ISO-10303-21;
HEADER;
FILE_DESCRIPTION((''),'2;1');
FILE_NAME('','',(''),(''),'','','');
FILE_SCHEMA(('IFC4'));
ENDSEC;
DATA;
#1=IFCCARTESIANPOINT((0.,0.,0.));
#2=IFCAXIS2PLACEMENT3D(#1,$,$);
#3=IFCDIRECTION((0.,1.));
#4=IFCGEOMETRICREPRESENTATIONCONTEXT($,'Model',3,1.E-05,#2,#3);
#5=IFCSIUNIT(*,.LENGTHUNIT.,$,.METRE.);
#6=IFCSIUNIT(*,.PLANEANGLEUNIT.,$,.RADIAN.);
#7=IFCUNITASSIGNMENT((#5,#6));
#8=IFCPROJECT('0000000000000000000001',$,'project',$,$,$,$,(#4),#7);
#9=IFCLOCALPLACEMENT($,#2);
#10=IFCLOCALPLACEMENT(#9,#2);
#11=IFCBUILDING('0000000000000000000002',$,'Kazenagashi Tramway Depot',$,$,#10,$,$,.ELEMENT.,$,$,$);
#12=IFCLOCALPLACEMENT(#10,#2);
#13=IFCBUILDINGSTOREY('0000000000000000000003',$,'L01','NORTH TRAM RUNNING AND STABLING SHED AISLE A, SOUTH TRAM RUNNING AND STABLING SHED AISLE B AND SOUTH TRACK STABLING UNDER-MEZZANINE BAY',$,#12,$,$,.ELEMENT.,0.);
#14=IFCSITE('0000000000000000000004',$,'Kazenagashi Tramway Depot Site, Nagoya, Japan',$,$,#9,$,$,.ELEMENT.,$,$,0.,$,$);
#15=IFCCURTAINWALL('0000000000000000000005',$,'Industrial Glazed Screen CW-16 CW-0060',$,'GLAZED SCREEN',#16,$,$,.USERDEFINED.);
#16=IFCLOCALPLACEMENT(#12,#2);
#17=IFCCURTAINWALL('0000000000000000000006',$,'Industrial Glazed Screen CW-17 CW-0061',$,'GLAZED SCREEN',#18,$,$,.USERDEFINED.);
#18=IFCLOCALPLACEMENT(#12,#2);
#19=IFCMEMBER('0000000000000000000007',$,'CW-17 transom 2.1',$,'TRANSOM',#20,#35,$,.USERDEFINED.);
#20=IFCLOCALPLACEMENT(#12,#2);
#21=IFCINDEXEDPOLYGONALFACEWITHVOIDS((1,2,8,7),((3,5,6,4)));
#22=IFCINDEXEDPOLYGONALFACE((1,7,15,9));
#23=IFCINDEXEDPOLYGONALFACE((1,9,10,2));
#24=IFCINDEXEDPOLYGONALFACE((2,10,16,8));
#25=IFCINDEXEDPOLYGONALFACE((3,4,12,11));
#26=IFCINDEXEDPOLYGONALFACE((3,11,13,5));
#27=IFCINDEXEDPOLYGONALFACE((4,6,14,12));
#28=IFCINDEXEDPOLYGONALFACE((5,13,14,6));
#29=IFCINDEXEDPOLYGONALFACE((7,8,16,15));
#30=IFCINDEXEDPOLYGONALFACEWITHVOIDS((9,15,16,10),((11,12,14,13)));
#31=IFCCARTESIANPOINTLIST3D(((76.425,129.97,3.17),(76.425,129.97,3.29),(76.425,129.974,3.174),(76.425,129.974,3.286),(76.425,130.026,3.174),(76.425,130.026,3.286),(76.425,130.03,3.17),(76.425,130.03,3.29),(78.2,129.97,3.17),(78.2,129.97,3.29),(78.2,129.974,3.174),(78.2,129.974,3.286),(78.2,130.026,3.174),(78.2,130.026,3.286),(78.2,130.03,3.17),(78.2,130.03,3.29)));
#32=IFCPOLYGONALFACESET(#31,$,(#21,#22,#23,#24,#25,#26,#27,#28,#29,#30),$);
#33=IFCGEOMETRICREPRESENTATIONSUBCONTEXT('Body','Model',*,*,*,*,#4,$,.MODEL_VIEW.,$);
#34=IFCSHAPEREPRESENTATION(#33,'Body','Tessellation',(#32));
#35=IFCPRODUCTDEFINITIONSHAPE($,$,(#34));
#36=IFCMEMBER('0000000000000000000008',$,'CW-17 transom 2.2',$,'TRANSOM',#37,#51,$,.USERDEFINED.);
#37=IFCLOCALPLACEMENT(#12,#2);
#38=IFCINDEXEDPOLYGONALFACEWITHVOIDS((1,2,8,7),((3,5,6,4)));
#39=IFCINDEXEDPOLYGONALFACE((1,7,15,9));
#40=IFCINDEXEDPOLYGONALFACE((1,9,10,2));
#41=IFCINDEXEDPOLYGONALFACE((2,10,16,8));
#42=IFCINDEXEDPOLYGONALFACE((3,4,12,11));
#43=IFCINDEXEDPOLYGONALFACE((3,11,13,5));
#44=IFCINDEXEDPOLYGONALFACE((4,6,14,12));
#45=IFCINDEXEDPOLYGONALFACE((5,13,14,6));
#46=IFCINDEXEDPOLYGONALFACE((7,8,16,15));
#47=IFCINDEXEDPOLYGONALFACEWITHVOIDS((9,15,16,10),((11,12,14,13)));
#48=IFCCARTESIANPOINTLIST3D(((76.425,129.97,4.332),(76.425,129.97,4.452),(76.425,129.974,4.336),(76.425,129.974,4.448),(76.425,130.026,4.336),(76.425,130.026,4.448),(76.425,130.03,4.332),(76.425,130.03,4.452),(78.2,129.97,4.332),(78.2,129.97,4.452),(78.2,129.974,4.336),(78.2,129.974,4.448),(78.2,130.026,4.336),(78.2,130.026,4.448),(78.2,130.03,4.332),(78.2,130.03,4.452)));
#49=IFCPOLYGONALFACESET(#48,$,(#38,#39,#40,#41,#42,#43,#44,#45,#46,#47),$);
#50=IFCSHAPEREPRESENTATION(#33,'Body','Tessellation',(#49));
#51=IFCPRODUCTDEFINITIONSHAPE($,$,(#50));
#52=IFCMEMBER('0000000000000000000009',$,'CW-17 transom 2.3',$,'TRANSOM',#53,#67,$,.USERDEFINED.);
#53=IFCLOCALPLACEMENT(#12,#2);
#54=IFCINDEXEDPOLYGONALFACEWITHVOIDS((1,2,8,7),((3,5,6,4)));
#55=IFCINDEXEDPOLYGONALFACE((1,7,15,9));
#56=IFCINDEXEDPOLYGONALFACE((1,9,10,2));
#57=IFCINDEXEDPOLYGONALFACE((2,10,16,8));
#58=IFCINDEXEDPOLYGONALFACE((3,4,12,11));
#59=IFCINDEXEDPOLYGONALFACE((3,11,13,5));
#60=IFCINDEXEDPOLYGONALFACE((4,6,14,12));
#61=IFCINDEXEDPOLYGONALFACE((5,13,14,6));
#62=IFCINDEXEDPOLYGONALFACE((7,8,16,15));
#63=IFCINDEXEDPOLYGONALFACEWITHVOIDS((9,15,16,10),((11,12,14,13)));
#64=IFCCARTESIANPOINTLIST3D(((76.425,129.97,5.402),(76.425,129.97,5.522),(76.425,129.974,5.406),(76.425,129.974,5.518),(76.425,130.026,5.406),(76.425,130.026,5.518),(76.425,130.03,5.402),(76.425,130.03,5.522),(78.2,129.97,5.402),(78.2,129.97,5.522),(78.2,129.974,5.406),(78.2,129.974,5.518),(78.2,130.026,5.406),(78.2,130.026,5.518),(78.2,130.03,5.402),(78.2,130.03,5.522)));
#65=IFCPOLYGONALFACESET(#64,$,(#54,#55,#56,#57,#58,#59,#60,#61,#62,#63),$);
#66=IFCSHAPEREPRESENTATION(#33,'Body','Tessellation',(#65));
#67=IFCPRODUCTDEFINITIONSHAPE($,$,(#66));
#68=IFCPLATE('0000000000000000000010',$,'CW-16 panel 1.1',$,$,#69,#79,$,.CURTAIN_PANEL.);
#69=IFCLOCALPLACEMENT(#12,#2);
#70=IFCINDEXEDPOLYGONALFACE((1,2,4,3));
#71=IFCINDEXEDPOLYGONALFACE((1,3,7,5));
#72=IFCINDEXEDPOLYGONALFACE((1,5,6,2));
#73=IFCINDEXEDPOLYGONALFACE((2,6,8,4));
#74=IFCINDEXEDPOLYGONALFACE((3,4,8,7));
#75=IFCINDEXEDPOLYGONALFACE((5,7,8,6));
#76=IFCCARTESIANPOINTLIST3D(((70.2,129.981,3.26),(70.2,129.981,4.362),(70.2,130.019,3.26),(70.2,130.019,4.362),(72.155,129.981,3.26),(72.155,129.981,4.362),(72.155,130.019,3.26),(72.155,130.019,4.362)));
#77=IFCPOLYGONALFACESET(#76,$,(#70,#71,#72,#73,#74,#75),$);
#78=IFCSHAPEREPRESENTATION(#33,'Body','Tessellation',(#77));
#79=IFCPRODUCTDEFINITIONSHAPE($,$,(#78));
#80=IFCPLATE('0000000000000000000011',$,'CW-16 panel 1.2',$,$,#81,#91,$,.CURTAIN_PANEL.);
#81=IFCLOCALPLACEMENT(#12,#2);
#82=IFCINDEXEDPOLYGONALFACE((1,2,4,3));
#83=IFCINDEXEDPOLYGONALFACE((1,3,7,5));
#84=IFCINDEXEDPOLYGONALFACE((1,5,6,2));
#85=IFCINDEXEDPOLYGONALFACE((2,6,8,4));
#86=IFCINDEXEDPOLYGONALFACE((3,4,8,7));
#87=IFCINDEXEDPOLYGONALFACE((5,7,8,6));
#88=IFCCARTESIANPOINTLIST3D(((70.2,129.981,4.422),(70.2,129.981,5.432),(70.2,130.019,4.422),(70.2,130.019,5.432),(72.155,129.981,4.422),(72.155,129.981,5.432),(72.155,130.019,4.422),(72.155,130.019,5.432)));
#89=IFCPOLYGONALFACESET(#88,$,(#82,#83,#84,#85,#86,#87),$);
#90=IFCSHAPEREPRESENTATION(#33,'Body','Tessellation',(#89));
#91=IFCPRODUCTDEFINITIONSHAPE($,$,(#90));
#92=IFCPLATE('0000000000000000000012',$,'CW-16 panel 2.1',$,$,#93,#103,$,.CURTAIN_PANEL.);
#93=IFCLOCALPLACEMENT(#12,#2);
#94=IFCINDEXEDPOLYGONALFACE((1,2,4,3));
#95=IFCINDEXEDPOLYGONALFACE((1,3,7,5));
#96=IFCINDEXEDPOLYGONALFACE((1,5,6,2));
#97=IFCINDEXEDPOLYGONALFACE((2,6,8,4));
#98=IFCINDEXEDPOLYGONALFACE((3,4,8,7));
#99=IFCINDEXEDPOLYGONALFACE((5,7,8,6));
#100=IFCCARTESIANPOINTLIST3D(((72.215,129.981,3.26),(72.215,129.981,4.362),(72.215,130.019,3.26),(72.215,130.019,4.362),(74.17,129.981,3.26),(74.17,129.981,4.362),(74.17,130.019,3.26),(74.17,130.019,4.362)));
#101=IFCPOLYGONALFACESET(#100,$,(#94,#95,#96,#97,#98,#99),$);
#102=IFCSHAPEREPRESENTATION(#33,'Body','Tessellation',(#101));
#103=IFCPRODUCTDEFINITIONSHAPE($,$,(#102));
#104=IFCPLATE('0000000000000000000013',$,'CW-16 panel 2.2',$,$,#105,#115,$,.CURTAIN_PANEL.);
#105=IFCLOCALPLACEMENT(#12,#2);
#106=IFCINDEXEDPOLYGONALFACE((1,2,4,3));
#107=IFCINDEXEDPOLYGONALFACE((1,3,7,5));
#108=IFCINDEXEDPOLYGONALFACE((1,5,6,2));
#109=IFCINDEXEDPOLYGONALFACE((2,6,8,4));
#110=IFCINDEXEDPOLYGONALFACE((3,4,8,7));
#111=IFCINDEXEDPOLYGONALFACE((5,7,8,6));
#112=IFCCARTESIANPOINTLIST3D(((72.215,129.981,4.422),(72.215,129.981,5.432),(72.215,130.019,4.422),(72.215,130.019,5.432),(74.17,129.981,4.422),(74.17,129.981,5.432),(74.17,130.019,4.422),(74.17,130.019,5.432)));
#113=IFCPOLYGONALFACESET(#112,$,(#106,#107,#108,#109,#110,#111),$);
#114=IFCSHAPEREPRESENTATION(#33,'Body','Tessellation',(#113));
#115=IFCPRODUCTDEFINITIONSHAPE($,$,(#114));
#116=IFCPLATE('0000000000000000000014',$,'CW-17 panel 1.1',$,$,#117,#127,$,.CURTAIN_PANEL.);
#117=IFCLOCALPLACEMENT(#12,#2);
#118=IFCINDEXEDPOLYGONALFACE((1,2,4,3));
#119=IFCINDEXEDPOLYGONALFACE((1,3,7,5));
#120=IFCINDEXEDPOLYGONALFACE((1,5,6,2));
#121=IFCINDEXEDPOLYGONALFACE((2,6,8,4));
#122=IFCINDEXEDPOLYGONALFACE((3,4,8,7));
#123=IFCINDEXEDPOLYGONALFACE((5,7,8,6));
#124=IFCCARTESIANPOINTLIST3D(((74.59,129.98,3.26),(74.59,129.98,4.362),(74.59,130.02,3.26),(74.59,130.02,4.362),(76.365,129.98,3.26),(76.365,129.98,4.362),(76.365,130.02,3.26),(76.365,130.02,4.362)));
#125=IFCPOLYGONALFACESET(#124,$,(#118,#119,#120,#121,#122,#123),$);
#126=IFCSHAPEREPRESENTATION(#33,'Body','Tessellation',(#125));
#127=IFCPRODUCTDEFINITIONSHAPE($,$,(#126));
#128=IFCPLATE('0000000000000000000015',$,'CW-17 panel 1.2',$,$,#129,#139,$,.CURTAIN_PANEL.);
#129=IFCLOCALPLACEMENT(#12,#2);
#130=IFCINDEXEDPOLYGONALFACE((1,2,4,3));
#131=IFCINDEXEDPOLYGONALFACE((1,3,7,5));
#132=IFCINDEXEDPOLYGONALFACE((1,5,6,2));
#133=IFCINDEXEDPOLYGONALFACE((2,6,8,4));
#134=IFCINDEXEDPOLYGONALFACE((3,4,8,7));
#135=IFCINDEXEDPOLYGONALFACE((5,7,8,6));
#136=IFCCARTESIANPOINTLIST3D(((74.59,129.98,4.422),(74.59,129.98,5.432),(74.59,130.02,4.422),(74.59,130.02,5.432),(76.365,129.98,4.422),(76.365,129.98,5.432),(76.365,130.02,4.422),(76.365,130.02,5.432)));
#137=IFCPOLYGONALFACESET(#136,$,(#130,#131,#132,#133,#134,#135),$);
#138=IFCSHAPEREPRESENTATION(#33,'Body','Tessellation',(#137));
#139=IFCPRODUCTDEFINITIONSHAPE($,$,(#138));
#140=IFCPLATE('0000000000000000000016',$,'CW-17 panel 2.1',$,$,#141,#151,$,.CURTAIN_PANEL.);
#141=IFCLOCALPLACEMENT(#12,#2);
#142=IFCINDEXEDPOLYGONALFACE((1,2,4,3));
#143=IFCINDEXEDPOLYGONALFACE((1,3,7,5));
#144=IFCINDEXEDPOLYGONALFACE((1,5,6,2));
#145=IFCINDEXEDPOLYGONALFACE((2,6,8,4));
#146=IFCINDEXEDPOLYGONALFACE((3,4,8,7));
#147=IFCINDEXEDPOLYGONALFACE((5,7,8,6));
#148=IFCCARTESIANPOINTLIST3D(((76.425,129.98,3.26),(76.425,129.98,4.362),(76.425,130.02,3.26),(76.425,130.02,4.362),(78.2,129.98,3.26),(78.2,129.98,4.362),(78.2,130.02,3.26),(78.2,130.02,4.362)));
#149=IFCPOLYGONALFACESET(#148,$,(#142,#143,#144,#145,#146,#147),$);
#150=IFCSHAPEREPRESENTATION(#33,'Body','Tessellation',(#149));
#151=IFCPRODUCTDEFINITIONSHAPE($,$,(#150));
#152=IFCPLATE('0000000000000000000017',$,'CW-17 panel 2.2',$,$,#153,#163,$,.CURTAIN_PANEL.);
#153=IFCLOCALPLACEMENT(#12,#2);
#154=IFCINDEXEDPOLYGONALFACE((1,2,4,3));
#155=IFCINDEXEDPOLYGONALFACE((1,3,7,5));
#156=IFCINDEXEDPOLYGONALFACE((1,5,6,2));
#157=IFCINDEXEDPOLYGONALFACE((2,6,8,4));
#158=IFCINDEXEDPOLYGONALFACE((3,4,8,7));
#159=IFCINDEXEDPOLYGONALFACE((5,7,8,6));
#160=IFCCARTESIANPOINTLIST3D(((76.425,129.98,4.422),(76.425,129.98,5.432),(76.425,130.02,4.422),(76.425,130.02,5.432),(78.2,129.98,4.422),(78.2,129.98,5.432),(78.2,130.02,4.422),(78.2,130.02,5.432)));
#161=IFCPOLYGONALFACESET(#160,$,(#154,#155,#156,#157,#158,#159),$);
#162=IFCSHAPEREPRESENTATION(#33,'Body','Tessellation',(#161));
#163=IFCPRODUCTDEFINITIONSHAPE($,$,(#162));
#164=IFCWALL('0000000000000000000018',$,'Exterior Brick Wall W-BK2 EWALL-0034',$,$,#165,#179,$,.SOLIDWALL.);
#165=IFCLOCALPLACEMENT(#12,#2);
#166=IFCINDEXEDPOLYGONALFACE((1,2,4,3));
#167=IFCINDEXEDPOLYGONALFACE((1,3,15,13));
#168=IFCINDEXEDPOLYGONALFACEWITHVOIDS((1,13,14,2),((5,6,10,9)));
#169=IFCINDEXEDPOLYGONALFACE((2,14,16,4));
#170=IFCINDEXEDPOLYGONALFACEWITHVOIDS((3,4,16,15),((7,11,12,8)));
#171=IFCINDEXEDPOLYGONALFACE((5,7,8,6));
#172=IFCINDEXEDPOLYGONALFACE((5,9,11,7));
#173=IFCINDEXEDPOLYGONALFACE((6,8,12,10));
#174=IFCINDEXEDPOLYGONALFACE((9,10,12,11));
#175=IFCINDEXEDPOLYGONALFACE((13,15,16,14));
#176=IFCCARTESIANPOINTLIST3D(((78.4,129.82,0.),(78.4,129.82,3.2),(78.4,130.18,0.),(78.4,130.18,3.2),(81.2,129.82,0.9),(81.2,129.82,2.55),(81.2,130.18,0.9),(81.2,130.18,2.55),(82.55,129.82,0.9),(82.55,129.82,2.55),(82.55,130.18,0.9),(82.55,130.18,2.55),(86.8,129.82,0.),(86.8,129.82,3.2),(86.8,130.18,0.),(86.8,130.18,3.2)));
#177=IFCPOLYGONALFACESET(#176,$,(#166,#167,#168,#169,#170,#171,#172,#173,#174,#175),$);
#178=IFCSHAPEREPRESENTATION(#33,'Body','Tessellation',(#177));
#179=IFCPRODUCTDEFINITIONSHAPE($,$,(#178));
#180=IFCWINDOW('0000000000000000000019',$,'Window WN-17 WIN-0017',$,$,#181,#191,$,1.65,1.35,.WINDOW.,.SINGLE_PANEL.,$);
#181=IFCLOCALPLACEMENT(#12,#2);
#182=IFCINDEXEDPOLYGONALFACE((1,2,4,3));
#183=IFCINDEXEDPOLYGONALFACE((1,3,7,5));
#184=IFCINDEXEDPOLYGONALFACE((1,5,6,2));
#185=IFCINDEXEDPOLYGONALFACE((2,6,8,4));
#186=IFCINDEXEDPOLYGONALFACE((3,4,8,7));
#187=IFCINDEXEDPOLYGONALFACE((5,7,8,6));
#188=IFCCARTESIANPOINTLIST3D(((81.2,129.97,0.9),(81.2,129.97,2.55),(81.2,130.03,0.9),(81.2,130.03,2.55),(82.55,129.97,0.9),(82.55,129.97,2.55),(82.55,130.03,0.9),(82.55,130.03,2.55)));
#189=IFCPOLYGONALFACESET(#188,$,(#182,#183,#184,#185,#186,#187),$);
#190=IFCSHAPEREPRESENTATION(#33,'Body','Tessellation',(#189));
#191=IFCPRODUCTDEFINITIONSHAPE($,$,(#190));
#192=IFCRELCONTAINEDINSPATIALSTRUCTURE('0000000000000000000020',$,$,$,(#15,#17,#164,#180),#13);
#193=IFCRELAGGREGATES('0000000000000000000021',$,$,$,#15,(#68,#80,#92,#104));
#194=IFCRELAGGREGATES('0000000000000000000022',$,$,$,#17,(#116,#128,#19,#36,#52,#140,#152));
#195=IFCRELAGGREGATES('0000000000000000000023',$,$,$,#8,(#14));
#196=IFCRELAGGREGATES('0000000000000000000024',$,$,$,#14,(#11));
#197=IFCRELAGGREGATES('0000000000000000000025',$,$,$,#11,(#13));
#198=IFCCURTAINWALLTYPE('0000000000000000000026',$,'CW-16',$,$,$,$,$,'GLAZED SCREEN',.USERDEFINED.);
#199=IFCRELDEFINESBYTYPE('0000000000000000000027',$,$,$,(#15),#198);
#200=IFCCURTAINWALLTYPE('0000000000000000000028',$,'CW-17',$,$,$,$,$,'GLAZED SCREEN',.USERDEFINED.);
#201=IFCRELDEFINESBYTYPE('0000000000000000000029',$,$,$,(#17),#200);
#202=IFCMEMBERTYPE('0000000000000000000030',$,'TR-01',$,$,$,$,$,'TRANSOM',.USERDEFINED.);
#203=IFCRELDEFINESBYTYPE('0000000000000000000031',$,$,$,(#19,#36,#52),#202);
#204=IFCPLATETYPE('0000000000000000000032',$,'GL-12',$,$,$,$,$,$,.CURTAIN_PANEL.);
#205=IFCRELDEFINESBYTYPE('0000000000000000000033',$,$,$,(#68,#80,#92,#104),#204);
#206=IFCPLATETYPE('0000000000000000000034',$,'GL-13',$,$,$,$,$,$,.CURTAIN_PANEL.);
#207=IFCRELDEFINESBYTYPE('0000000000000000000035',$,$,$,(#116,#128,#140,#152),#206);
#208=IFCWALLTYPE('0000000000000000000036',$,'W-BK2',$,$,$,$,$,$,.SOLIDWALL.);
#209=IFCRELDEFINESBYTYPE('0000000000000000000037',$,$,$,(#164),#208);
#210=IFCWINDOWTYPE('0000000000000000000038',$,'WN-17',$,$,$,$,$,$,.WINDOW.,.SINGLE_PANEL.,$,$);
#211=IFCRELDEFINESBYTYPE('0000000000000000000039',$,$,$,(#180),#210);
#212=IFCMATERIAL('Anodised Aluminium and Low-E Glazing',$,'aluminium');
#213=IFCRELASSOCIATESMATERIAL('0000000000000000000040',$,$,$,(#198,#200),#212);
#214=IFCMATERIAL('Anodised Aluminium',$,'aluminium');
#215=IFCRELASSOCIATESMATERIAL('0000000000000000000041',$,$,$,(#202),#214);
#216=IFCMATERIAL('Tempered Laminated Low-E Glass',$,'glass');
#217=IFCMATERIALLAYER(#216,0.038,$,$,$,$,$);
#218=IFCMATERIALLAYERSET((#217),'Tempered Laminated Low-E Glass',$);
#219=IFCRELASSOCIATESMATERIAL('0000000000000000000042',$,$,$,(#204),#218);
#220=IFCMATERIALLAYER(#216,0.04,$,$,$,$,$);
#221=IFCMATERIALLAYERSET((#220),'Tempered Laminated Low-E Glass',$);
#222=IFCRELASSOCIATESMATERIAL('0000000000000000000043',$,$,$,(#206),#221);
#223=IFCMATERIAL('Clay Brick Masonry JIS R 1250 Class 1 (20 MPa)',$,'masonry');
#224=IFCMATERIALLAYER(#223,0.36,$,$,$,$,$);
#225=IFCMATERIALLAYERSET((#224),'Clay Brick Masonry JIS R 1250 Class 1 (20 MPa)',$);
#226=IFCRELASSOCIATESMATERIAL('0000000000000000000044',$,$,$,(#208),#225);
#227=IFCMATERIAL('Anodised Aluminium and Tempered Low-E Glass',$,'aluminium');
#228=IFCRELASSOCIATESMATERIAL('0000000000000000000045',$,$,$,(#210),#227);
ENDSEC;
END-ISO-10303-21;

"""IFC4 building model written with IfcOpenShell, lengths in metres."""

from ifc_helpers import new_model, si_unit, direction, frame, frame_2d, origin, origin_2d, place, context, subcontext, project, spatial, rectangle, hollow_rectangle, extrude, material, layer, layer_set, material_profile, profile_set, type_object, element, fill, aggregate, save


model = new_model("IFC4")

# Units and contexts
model_context = context("Model", 3, precision=1e-05, world=origin(), true_north=direction((0.0, 1.0)))
body_context = subcontext(model_context, "Body", "Model", "MODEL_VIEW")
ifc_project = project(units=[si_unit("LENGTHUNIT", "METRE"), si_unit("PLANEANGLEUNIT", "RADIAN")], contexts=[model_context])

# Site, building, storey
site_placement = place(None, origin())
site = spatial("IfcSite", under=ifc_project, at=site_placement, Name="Kazenagashi Tramway Depot Site, Nagoya, Japan", CompositionType="ELEMENT", RefElevation=0.0)
building_placement = place(site_placement, origin())
building = spatial("IfcBuilding", under=site, at=building_placement, Name="Kazenagashi Tramway Depot", CompositionType="ELEMENT")
storey_placement = place(building_placement, origin())
storey = spatial("IfcBuildingStorey", under=building, at=storey_placement, Name="L01", Description="NORTH TRAM RUNNING AND STABLING SHED AISLE A, SOUTH TRAM RUNNING AND STABLING SHED AISLE B AND SOUTH TRACK STABLING UNDER-MEZZANINE BAY", CompositionType="ELEMENT", Elevation=0.0)

# Curtain walls
ifc_material_1 = material(Name="Anodised Aluminium and Low-E Glazing", Category="aluminium")
curtain_wall_type_1 = type_object("IfcCurtainWallType", Name="CW-16", ElementType="GLAZED SCREEN", PredefinedType="USERDEFINED", material=ifc_material_1)
curtain_wall_1_placement = place(storey_placement, origin())
curtain_wall_1 = element("IfcCurtainWall", 1, at=curtain_wall_1_placement, inside=storey, type_object=curtain_wall_type_1, Name="Industrial Glazed Screen CW-16 CW-0060", ObjectType="GLAZED SCREEN", PredefinedType="USERDEFINED")
ifc_material_2 = material(Name="Anodised Aluminium", Category="aluminium")
curtain_wall_type_2 = type_object("IfcCurtainWallType", Name="CW-17", ElementType="GLAZED SCREEN", PredefinedType="USERDEFINED", material=ifc_material_1)
curtain_wall_2_placement = place(storey_placement, origin())
curtain_wall_2 = element("IfcCurtainWall", 2, at=curtain_wall_2_placement, inside=storey, type_object=curtain_wall_type_2, Name="Industrial Glazed Screen CW-17 CW-0061", ObjectType="GLAZED SCREEN", PredefinedType="USERDEFINED")

# Members
ifc_material_profile_1 = material_profile(ifc_material_2, hollow_rectangle(XDim=0.06, YDim=0.12, WallThickness=0.004, at=origin_2d()), Name="RHS-120x60x4")
ifc_profile_set_1 = profile_set([ifc_material_profile_1], Name="Anodised Aluminium")
member_type_1 = type_object("IfcMemberType", Name="TR-01", ElementType="TRANSOM", PredefinedType="USERDEFINED", material=ifc_profile_set_1)
member_1_placement = place(storey_placement, frame((76.425, 130.0, 3.23), z_axis=(1.0, 0.0, 0.0), x_axis=(0.0, 1.0, 0.0)))
member_1 = element("IfcMember", 3, at=member_1_placement, type_object=member_type_1, Name="CW-17 transom 2.1", ObjectType="TRANSOM", PredefinedType="USERDEFINED", context=body_context, shape_type="SweptSolid", body=[
    extrude(hollow_rectangle(XDim=0.06, YDim=0.12, WallThickness=0.004, at=origin_2d()), origin(), (0.0, 0.0, 1.0), 1.775),
])
member_2_placement = place(storey_placement, frame((76.425, 130.0, 4.392), z_axis=(1.0, 0.0, 0.0), x_axis=(0.0, 1.0, 0.0)))
member_2 = element("IfcMember", 4, at=member_2_placement, type_object=member_type_1, Name="CW-17 transom 2.2", ObjectType="TRANSOM", PredefinedType="USERDEFINED", context=body_context, shape_type="SweptSolid", body=[
    extrude(hollow_rectangle(XDim=0.06, YDim=0.12, WallThickness=0.004, at=origin_2d()), origin(), (0.0, 0.0, 1.0), 1.775),
])
member_3_placement = place(storey_placement, frame((76.425, 130.0, 5.462), z_axis=(1.0, 0.0, 0.0), x_axis=(0.0, 1.0, 0.0)))
member_3 = element("IfcMember", 5, at=member_3_placement, type_object=member_type_1, Name="CW-17 transom 2.3", ObjectType="TRANSOM", PredefinedType="USERDEFINED", context=body_context, shape_type="SweptSolid", body=[
    extrude(hollow_rectangle(XDim=0.06, YDim=0.12, WallThickness=0.004, at=origin_2d()), origin(), (0.0, 0.0, 1.0), 1.775),
])

# Plates
ifc_material_3 = material(Name="Tempered Laminated Low-E Glass", Category="glass")
ifc_layer_1 = layer(ifc_material_3, 0.038)
ifc_layer_set_1 = layer_set([ifc_layer_1], Name="Tempered Laminated Low-E Glass")
plate_type_1 = type_object("IfcPlateType", Name="GL-12", PredefinedType="CURTAIN_PANEL", material=ifc_layer_set_1)
plate_1_placement = place(storey_placement, frame((71.1775, 130.0, 3.26), z_axis=(0.0, 0.0, 1.0), x_axis=(1.0, 0.0, 0.0)))
plate_1 = element("IfcPlate", 6, at=plate_1_placement, type_object=plate_type_1, Name="CW-16 panel 1.1", PredefinedType="CURTAIN_PANEL", context=body_context, shape_type="SweptSolid", body=[
    extrude(rectangle(XDim=1.955, YDim=0.038, at=origin_2d()), origin(), (0.0, 0.0, 1.0), 1.102),
])
plate_2_placement = place(storey_placement, frame((71.1775, 130.0, 4.422), z_axis=(0.0, 0.0, 1.0), x_axis=(1.0, 0.0, 0.0)))
plate_2 = element("IfcPlate", 7, at=plate_2_placement, type_object=plate_type_1, Name="CW-16 panel 1.2", PredefinedType="CURTAIN_PANEL", context=body_context, shape_type="SweptSolid", body=[
    extrude(rectangle(XDim=1.955, YDim=0.038, at=origin_2d()), origin(), (0.0, 0.0, 1.0), 1.01),
])
plate_3_placement = place(storey_placement, frame((73.1925, 130.0, 3.26), z_axis=(0.0, 0.0, 1.0), x_axis=(1.0, 0.0, 0.0)))
plate_3 = element("IfcPlate", 8, at=plate_3_placement, type_object=plate_type_1, Name="CW-16 panel 2.1", PredefinedType="CURTAIN_PANEL", context=body_context, shape_type="SweptSolid", body=[
    extrude(rectangle(XDim=1.955, YDim=0.038, at=origin_2d()), origin(), (0.0, 0.0, 1.0), 1.102),
])
plate_4_placement = place(storey_placement, frame((73.1925, 130.0, 4.422), z_axis=(0.0, 0.0, 1.0), x_axis=(1.0, 0.0, 0.0)))
plate_4 = element("IfcPlate", 9, at=plate_4_placement, type_object=plate_type_1, Name="CW-16 panel 2.2", PredefinedType="CURTAIN_PANEL", context=body_context, shape_type="SweptSolid", body=[
    extrude(rectangle(XDim=1.955, YDim=0.038, at=origin_2d()), origin(), (0.0, 0.0, 1.0), 1.01),
])
aggregate(curtain_wall_1, [plate_1, plate_2, plate_3, plate_4])
ifc_layer_2 = layer(ifc_material_3, 0.04)
ifc_layer_set_2 = layer_set([ifc_layer_2], Name="Tempered Laminated Low-E Glass")
plate_type_2 = type_object("IfcPlateType", Name="GL-13", PredefinedType="CURTAIN_PANEL", material=ifc_layer_set_2)
plate_5_placement = place(storey_placement, frame((75.4775, 130.0, 3.26), z_axis=(0.0, 0.0, 1.0), x_axis=(1.0, 0.0, 0.0)))
plate_5 = element("IfcPlate", 10, at=plate_5_placement, type_object=plate_type_2, Name="CW-17 panel 1.1", PredefinedType="CURTAIN_PANEL", context=body_context, shape_type="SweptSolid", body=[
    extrude(rectangle(XDim=1.775, YDim=0.04, at=origin_2d()), origin(), (0.0, 0.0, 1.0), 1.102),
])
plate_6_placement = place(storey_placement, frame((75.4775, 130.0, 4.422), z_axis=(0.0, 0.0, 1.0), x_axis=(1.0, 0.0, 0.0)))
plate_6 = element("IfcPlate", 11, at=plate_6_placement, type_object=plate_type_2, Name="CW-17 panel 1.2", PredefinedType="CURTAIN_PANEL", context=body_context, shape_type="SweptSolid", body=[
    extrude(rectangle(XDim=1.775, YDim=0.04, at=origin_2d()), origin(), (0.0, 0.0, 1.0), 1.01),
])
plate_7_placement = place(storey_placement, frame((77.3125, 130.0, 3.26), z_axis=(0.0, 0.0, 1.0), x_axis=(1.0, 0.0, 0.0)))
plate_7 = element("IfcPlate", 12, at=plate_7_placement, type_object=plate_type_2, Name="CW-17 panel 2.1", PredefinedType="CURTAIN_PANEL", context=body_context, shape_type="SweptSolid", body=[
    extrude(rectangle(XDim=1.775, YDim=0.04, at=origin_2d()), origin(), (0.0, 0.0, 1.0), 1.102),
])
plate_8_placement = place(storey_placement, frame((77.3125, 130.0, 4.422), z_axis=(0.0, 0.0, 1.0), x_axis=(1.0, 0.0, 0.0)))
plate_8 = element("IfcPlate", 13, at=plate_8_placement, type_object=plate_type_2, Name="CW-17 panel 2.2", PredefinedType="CURTAIN_PANEL", context=body_context, shape_type="SweptSolid", body=[
    extrude(rectangle(XDim=1.775, YDim=0.04, at=origin_2d()), origin(), (0.0, 0.0, 1.0), 1.01),
])
aggregate(curtain_wall_2, [plate_5, plate_6, member_1, member_2, member_3, plate_7, plate_8])

# Wall, opening, window
ifc_material_4 = material(Name="Clay Brick Masonry JIS R 1250 Class 1 (20 MPa)", Category="masonry")
ifc_layer_3 = layer(ifc_material_4, 0.36)
ifc_layer_set_3 = layer_set([ifc_layer_3], Name="Clay Brick Masonry JIS R 1250 Class 1 (20 MPa)")
wall_type = type_object("IfcWallType", Name="W-BK2", PredefinedType="SOLIDWALL", material=ifc_layer_set_3)
wall_placement = place(storey_placement, frame((78.4, 130.0, 0.0), z_axis=(0.0, 0.0, 1.0), x_axis=(1.0, 0.0, 0.0)))
wall = element("IfcWall", 14, at=wall_placement, inside=storey, type_object=wall_type, Name="Exterior Brick Wall W-BK2 EWALL-0034", PredefinedType="SOLIDWALL", context=body_context, shape_type="SweptSolid", body=[
    extrude(rectangle(XDim=8.4, YDim=0.36, at=frame_2d((4.2, 0.0))), origin(), (0.0, 0.0, 1.0), 3.2),
])
opening_placement = place(wall_placement, frame((2.8, 0.0, 0.9)))
opening = element("IfcOpeningElement", 15, at=opening_placement, cuts=wall, PredefinedType="OPENING", context=body_context, shape_type="SweptSolid", body=[
    extrude(rectangle(XDim=1.35, YDim=1.65, at=frame_2d((0.675, 0.825))), frame((0.0, 0.19, 0.0), z_axis=(0.0, -1.0, 0.0), x_axis=(1.0, 0.0, 0.0)), (0.0, 0.0, 1.0), 0.38),
])
ifc_material_5 = material(Name="Anodised Aluminium and Tempered Low-E Glass", Category="aluminium")
window_type = type_object("IfcWindowType", Name="WN-17", PartitioningType="SINGLE_PANEL", PredefinedType="WINDOW", material=ifc_material_5)
window_placement = place(opening_placement, origin())
window = element("IfcWindow", 16, at=window_placement, inside=storey, type_object=window_type, Name="Window WN-17 WIN-0017", OverallHeight=1.65, OverallWidth=1.35, PartitioningType="SINGLE_PANEL", PredefinedType="WINDOW", context=body_context, shape_type="SweptSolid", body=[
    extrude(rectangle(XDim=1.35, YDim=1.65, at=frame_2d((0.675, 0.825))), frame((0.0, 0.03, 0.0), z_axis=(0.0, -1.0, 0.0), x_axis=(1.0, 0.0, 0.0)), (0.0, 0.0, 1.0), 0.06),
])
fill(opening, window)

save(model, "model.ifc")
